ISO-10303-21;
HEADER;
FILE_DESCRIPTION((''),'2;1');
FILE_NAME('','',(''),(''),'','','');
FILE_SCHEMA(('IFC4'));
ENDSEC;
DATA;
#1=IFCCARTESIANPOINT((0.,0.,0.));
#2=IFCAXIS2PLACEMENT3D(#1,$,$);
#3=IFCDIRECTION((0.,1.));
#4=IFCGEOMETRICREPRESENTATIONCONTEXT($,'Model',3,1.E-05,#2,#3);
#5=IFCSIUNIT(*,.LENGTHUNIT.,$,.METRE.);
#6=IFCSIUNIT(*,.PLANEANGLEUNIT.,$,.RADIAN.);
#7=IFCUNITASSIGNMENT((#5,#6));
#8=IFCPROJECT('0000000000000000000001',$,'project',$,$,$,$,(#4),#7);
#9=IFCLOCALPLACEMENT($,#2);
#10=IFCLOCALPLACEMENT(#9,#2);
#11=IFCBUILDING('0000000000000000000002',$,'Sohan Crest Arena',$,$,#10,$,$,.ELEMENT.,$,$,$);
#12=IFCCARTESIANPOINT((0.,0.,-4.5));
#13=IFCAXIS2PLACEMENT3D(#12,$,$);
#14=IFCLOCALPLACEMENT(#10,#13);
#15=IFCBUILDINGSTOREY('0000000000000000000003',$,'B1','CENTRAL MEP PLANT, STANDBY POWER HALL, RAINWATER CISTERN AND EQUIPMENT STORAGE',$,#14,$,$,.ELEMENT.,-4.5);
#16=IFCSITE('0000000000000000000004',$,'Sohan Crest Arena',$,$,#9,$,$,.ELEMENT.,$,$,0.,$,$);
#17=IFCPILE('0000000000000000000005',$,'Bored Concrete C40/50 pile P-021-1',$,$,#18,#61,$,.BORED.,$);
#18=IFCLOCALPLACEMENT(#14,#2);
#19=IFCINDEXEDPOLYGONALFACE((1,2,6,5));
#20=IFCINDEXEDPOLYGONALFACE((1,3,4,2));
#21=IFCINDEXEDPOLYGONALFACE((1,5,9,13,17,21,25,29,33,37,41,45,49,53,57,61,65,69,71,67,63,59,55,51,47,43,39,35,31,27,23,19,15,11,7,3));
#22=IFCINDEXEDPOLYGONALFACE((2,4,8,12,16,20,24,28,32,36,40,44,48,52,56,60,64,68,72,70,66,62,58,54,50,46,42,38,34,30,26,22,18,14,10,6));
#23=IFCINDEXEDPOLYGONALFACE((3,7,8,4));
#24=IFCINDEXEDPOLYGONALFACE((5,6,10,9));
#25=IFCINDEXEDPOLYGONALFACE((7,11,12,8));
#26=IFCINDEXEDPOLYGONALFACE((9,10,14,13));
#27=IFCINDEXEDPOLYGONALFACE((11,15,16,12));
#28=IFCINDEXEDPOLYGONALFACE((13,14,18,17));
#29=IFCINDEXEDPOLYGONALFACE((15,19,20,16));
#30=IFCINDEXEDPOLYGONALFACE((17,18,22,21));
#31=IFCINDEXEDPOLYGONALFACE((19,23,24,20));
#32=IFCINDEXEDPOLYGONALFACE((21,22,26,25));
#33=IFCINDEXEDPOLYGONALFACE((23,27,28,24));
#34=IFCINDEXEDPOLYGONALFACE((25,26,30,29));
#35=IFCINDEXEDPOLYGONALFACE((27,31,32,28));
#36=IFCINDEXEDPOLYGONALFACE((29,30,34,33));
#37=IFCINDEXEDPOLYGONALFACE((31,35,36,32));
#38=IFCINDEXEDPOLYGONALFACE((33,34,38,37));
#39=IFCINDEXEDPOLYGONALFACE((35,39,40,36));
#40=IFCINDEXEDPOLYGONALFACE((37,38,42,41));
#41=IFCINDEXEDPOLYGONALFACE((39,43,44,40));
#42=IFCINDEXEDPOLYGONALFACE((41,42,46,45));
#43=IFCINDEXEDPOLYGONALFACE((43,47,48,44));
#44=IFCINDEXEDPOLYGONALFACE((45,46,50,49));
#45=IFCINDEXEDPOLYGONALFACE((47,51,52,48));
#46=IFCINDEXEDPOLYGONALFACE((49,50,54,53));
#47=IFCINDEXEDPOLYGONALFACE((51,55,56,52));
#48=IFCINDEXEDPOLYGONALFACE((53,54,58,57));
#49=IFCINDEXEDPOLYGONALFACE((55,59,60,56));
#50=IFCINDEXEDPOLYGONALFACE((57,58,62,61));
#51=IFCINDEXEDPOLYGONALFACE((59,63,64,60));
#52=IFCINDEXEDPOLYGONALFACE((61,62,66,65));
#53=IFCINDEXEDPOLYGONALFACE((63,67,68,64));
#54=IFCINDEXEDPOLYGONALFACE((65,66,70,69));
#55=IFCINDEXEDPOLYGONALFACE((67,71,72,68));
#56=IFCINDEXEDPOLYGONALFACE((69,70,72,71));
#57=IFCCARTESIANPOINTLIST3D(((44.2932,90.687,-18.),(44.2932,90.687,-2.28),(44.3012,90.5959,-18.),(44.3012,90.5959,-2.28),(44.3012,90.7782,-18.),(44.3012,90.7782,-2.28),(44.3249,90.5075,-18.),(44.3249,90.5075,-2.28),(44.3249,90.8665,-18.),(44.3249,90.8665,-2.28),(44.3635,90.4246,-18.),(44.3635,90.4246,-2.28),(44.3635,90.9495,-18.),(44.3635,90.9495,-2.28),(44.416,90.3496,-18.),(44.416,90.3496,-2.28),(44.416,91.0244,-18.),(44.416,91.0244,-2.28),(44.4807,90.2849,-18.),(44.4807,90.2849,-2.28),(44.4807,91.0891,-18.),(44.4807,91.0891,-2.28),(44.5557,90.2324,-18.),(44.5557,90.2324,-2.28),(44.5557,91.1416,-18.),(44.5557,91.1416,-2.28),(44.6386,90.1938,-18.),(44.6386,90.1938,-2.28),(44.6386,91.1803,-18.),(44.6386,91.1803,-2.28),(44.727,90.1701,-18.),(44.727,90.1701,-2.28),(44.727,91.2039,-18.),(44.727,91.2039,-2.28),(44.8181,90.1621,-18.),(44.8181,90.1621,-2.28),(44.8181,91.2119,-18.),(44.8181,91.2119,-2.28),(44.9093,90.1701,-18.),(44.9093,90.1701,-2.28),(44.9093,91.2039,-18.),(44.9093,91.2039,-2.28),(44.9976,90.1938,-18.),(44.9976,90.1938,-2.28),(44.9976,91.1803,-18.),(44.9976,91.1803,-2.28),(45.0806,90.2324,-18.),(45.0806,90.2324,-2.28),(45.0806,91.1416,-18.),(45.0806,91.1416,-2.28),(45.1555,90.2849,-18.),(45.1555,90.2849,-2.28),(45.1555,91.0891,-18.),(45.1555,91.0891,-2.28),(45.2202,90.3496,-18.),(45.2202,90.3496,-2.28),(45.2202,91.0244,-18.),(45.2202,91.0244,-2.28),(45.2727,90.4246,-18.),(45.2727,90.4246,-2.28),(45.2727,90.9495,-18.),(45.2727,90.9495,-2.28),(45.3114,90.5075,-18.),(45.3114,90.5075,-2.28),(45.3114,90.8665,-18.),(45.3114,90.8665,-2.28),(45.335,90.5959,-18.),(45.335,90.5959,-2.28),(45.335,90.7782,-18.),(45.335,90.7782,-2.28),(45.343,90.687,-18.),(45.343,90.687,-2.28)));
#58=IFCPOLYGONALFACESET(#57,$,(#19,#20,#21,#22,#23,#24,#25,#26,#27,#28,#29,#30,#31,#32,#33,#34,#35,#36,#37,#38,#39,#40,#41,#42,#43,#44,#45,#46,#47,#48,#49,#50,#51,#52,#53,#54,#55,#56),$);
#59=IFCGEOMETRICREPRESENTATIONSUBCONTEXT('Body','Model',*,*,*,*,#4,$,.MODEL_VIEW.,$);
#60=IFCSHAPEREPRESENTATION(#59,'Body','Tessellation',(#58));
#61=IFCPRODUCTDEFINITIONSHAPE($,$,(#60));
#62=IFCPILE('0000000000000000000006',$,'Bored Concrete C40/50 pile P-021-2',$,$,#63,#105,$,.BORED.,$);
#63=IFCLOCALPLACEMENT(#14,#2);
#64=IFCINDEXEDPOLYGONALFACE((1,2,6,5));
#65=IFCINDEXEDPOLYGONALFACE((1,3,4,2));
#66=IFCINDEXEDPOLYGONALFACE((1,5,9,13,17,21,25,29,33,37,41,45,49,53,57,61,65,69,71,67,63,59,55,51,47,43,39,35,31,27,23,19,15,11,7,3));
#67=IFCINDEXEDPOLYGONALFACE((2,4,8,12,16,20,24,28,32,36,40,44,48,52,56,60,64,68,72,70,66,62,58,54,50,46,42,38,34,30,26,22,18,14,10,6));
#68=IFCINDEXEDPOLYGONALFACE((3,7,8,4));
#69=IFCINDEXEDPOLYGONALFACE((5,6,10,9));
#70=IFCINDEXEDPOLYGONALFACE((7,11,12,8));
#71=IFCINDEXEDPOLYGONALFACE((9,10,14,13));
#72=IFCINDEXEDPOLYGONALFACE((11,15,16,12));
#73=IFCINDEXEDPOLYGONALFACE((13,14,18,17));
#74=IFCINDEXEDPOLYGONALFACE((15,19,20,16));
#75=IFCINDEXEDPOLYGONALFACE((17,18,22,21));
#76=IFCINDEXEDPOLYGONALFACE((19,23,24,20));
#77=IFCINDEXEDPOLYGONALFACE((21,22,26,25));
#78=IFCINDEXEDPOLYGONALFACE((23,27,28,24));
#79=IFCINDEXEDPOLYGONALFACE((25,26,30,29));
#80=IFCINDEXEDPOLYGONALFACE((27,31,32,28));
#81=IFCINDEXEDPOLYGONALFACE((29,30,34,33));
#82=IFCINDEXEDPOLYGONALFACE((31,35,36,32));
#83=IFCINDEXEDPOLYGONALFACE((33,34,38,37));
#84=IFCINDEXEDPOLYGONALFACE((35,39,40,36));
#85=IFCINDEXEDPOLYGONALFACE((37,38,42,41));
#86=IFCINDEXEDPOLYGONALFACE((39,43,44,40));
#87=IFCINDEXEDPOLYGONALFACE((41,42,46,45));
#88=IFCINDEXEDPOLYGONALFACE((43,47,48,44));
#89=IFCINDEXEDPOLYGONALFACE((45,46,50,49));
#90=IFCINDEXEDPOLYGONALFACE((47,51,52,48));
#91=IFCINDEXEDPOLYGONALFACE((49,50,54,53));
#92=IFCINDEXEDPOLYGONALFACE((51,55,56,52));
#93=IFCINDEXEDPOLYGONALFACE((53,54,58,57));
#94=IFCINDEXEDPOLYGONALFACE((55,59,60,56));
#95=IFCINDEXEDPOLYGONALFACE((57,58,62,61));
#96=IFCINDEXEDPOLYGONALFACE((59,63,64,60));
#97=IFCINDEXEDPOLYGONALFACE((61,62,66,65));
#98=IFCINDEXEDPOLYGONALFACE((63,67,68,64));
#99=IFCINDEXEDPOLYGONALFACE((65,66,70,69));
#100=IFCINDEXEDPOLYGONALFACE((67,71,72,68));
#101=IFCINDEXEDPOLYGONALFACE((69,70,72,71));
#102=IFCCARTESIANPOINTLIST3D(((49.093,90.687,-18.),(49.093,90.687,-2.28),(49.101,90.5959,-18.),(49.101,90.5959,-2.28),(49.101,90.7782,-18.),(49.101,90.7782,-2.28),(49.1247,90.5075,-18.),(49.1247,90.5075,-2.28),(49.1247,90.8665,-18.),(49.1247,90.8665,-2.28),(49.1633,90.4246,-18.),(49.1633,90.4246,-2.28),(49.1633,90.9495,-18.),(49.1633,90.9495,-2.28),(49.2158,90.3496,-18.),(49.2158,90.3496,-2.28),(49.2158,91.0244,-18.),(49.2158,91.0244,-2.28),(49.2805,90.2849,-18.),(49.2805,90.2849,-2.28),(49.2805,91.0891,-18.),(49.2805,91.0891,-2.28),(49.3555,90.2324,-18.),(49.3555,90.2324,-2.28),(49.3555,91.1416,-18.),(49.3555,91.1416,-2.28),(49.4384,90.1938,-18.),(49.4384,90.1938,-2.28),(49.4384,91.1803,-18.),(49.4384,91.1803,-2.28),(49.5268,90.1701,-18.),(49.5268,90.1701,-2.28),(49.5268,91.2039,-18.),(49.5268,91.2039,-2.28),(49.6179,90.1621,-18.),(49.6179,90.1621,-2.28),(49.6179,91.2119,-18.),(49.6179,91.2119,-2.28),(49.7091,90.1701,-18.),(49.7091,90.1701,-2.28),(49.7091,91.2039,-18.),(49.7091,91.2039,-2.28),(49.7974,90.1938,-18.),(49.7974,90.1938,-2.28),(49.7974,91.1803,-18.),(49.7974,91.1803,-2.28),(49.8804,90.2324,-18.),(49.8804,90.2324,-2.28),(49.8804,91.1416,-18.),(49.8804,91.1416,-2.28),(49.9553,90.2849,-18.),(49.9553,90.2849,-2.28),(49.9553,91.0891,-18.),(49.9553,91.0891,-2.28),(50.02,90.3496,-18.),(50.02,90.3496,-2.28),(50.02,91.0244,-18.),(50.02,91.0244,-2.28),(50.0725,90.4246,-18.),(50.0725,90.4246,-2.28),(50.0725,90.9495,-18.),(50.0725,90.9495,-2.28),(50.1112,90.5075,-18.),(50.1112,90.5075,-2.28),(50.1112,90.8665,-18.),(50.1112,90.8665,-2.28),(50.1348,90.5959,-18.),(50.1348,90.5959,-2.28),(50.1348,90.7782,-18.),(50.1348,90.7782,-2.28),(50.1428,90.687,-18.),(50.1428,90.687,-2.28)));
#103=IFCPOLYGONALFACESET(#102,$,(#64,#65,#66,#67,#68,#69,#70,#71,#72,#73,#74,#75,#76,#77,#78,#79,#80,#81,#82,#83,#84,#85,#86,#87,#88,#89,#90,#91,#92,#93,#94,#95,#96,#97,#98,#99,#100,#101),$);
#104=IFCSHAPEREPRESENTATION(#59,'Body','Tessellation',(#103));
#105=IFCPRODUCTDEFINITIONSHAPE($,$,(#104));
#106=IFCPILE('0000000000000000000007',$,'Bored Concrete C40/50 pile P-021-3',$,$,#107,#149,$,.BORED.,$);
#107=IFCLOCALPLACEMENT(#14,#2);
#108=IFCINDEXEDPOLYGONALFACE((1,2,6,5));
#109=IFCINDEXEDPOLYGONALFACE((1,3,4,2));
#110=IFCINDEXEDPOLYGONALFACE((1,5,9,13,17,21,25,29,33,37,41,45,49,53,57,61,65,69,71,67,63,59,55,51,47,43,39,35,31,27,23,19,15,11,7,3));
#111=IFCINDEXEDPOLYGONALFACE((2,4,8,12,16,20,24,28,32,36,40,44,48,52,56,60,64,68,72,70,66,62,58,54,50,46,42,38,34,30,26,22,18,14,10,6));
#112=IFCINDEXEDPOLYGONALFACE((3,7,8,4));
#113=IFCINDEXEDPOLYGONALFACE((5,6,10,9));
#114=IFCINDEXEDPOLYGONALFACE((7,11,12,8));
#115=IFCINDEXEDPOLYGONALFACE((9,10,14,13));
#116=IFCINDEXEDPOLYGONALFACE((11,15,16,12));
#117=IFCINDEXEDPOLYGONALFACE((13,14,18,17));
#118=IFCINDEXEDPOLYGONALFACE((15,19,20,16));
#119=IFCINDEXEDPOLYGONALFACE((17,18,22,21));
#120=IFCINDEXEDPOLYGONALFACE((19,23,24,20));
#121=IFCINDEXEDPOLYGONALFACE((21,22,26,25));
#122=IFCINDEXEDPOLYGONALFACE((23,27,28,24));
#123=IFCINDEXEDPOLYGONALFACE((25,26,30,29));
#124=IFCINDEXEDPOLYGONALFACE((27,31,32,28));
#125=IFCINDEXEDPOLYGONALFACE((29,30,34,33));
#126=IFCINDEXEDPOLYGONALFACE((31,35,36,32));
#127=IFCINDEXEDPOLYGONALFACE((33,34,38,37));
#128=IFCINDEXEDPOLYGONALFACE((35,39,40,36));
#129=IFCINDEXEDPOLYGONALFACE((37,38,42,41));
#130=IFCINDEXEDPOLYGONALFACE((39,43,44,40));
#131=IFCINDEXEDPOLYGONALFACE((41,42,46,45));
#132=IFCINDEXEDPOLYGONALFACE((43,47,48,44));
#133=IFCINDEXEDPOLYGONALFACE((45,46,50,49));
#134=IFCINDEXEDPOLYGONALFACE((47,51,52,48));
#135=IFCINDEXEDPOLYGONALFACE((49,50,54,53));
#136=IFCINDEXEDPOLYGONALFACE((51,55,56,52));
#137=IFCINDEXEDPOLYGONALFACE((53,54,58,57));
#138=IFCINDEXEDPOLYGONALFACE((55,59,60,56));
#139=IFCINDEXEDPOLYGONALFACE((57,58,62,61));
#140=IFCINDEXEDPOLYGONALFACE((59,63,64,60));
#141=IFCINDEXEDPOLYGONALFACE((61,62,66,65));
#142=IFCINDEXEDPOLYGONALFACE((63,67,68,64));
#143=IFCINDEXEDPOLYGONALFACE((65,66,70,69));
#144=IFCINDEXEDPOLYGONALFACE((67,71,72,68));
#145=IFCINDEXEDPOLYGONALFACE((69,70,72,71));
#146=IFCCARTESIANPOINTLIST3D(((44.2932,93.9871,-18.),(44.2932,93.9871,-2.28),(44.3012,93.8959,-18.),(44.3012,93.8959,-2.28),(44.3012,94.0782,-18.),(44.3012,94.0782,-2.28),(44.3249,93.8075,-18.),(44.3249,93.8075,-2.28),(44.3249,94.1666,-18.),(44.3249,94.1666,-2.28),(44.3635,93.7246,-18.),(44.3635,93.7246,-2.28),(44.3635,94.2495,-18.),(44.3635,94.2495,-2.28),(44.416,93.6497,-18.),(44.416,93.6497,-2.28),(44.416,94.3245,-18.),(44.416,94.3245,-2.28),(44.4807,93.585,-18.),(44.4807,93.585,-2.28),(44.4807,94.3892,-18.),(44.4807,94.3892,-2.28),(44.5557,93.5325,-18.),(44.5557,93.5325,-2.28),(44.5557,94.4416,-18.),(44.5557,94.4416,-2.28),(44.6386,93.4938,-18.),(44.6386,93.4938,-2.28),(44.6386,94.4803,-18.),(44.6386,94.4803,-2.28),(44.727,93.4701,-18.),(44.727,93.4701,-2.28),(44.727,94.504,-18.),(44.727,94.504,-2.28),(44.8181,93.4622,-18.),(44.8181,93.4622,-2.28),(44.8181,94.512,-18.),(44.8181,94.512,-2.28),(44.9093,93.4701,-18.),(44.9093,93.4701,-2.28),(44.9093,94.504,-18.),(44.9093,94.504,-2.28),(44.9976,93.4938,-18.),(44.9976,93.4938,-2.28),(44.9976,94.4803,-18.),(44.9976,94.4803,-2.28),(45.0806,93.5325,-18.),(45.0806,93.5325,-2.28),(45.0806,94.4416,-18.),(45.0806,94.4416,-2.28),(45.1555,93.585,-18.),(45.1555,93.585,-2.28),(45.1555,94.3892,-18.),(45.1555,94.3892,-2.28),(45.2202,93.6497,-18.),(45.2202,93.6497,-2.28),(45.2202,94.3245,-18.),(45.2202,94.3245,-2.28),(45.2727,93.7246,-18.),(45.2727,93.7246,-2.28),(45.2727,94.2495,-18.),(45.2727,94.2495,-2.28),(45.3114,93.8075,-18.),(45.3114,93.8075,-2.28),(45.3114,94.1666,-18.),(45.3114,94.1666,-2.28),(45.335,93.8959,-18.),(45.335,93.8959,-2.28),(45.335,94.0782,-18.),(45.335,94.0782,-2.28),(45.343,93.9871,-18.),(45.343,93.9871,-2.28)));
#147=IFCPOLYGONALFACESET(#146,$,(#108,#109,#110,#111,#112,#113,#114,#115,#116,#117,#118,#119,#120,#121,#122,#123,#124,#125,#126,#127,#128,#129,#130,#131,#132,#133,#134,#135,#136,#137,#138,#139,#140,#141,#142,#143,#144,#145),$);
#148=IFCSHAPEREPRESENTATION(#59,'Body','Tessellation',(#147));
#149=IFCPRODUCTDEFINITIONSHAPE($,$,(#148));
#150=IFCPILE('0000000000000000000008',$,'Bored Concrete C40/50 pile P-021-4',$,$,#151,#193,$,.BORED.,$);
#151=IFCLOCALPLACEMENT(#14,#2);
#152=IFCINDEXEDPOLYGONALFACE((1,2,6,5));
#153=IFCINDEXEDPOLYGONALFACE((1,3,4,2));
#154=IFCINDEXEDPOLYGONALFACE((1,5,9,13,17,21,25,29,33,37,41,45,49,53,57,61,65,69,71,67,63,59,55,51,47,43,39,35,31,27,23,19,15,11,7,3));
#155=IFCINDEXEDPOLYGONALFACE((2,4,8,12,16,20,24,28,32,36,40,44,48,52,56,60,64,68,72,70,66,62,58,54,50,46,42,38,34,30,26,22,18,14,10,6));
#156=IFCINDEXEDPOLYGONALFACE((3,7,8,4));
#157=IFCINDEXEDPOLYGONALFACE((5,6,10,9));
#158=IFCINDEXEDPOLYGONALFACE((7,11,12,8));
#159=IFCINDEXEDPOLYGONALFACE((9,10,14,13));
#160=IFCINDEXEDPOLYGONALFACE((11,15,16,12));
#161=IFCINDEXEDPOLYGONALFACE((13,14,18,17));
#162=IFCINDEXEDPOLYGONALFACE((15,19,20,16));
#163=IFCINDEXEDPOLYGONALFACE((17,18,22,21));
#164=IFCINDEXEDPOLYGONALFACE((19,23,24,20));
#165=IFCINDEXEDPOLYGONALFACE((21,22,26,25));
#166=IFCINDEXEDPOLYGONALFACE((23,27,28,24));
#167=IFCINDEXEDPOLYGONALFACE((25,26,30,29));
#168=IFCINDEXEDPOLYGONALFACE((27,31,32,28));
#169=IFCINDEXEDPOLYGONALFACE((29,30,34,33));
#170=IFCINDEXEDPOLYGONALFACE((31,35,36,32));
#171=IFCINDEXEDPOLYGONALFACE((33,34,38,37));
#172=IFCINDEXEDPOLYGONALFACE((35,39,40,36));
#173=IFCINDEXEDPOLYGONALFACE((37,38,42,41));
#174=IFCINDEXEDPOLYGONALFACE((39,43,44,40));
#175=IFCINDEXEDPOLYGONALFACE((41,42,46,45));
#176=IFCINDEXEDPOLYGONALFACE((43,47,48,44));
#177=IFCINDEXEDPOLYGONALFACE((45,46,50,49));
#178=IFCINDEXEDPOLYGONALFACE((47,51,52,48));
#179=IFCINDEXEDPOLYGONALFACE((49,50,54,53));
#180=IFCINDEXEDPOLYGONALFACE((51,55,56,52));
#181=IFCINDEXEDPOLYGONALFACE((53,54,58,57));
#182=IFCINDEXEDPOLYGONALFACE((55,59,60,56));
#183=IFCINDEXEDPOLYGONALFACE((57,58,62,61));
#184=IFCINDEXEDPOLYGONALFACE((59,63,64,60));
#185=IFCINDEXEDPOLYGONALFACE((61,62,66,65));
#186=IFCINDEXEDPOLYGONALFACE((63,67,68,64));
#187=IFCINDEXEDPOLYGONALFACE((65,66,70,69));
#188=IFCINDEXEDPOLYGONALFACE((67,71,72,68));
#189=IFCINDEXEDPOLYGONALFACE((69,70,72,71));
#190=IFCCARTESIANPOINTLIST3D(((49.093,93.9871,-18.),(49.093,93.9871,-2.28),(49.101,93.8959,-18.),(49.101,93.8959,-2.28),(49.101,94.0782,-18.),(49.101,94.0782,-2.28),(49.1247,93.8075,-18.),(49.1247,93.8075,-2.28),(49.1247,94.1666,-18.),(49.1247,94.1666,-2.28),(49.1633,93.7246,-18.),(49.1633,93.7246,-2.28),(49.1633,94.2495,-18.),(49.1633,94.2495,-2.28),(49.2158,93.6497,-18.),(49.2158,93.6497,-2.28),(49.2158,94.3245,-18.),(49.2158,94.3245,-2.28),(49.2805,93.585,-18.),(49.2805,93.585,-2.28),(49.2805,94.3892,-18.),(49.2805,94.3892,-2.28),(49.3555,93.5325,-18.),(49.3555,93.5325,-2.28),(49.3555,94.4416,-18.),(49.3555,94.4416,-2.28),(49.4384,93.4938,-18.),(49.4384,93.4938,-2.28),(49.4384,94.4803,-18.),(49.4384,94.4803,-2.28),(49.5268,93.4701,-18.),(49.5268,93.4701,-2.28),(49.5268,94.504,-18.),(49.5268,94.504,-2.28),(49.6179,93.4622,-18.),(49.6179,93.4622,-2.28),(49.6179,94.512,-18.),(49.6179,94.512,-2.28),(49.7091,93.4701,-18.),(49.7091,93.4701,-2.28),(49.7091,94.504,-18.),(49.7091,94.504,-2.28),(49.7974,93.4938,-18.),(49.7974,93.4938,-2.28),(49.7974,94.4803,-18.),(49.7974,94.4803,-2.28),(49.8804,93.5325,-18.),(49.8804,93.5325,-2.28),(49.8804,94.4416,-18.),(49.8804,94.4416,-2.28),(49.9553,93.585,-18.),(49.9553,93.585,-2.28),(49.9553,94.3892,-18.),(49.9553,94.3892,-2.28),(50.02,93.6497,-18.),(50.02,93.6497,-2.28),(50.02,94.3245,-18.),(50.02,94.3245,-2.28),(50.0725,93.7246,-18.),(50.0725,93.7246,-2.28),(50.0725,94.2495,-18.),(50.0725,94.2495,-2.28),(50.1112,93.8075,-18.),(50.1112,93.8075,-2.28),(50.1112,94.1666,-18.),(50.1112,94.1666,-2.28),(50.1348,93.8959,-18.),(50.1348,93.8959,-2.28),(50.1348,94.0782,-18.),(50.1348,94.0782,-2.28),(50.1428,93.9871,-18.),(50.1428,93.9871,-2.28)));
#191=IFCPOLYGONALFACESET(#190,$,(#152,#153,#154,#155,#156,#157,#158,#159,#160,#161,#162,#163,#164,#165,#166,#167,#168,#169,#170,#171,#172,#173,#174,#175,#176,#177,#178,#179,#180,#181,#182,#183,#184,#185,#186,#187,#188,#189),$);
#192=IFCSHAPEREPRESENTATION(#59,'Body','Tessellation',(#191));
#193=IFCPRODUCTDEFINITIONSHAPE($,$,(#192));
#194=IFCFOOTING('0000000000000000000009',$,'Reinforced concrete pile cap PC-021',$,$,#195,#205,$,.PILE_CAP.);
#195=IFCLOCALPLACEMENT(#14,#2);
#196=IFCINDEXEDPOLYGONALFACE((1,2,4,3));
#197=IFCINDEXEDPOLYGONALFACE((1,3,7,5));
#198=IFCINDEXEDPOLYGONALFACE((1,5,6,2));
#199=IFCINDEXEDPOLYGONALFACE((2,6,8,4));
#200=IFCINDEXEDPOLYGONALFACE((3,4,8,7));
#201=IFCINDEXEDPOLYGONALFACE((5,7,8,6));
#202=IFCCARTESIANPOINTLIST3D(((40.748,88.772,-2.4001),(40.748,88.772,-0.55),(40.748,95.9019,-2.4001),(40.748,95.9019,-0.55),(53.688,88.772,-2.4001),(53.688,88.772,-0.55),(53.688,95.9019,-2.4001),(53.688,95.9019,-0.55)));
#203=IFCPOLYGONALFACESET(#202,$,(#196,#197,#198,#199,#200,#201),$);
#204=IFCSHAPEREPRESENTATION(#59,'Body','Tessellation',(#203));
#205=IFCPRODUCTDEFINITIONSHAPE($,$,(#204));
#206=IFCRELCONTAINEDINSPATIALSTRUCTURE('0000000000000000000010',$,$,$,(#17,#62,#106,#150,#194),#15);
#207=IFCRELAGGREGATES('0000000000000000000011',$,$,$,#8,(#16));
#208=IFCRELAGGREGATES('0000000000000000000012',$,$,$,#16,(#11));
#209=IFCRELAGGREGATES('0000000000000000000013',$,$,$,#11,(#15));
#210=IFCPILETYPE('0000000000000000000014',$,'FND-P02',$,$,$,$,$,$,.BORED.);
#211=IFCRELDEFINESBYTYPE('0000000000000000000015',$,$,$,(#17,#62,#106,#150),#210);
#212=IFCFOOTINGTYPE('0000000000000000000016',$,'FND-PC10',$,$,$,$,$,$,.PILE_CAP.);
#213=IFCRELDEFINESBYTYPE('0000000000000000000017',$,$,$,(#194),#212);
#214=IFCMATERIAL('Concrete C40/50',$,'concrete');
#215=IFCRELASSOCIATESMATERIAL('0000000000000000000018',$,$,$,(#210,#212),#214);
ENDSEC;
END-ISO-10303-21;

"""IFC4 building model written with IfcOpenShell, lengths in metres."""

from ifc_helpers import new_model, si_unit, direction, frame, origin, origin_2d, place, context, subcontext, project, spatial, rectangle, circle, extrude, material, material_profile, profile_set, type_object, element, save


model = new_model("IFC4")

# Units and contexts
model_context = context("Model", 3, precision=1e-05, world=origin(), true_north=direction((0.0, 1.0)))
body_context = subcontext(model_context, "Body", "Model", "MODEL_VIEW")
ifc_project = project(units=[si_unit("LENGTHUNIT", "METRE"), si_unit("PLANEANGLEUNIT", "RADIAN")], contexts=[model_context])

# Site, building, storey
site_placement = place(None, origin())
site = spatial("IfcSite", under=ifc_project, at=site_placement, Name="Sohan Crest Arena", CompositionType="ELEMENT", RefElevation=0.0)
building_placement = place(site_placement, origin())
building = spatial("IfcBuilding", under=site, at=building_placement, Name="Sohan Crest Arena", CompositionType="ELEMENT")
storey_placement = place(building_placement, frame((0.0, 0.0, -4.5)))
storey = spatial("IfcBuildingStorey", under=building, at=storey_placement, Name="B1", Description="CENTRAL MEP PLANT, STANDBY POWER HALL, RAINWATER CISTERN AND EQUIPMENT STORAGE", CompositionType="ELEMENT", Elevation=-4.5)

# Piles
ifc_material_1 = material(Name="Concrete C40/50", Category="concrete")
ifc_material_profile_1 = material_profile(ifc_material_1, circle(Radius=0.5249, at=origin_2d()), Name="PILE D1050")
ifc_profile_set_1 = profile_set([ifc_material_profile_1], Name="Concrete C40/50")
pile_type = type_object("IfcPileType", Name="FND-P02", PredefinedType="BORED", material=ifc_profile_set_1)
for number, where, z_axis, x_axis, name in (
    (1, (44.8181, 90.687, -18.0), (0.0, 0.0, 1.0), (1.0, 0.0, 0.0), "Bored Concrete C40/50 pile P-021-1"),
    (2, (49.6179, 90.687, -18.0), (0.0, 0.0, 1.0), (1.0, 0.0, 0.0), "Bored Concrete C40/50 pile P-021-2"),
    (3, (44.8181, 93.9871, -18.0), (0.0, 0.0, 1.0), (1.0, 0.0, 0.0), "Bored Concrete C40/50 pile P-021-3"),
    (4, (49.6179, 93.9871, -18.0), (0.0, 0.0, 1.0), (1.0, 0.0, 0.0), "Bored Concrete C40/50 pile P-021-4"),
):
    element("IfcPile", number, at=place(storey_placement, frame(where, z_axis=z_axis, x_axis=x_axis)), inside=storey, type_object=pile_type, Name=name, PredefinedType="BORED", context=body_context, shape_type="SweptSolid", body=[
        extrude(circle(Radius=0.5249, at=origin_2d()), origin(), (0.0, 0.0, 1.0), 15.72),
    ])

# Footing
footing_type = type_object("IfcFootingType", Name="FND-PC10", PredefinedType="PILE_CAP", material=ifc_material_1)
footing_placement = place(storey_placement, frame((47.218, 92.3369, -2.4001), z_axis=(0.0, 0.0, 1.0), x_axis=(1.0, 0.0, 0.0)))
element("IfcFooting", 5, at=footing_placement, inside=storey, type_object=footing_type, Name="Reinforced concrete pile cap PC-021", PredefinedType="PILE_CAP", context=body_context, shape_type="SweptSolid", body=[
    extrude(rectangle(XDim=12.9399, YDim=7.1299, at=origin_2d()), origin(), (0.0, 0.0, 1.0), 1.8501),
])

save(model, "model.ifc")
